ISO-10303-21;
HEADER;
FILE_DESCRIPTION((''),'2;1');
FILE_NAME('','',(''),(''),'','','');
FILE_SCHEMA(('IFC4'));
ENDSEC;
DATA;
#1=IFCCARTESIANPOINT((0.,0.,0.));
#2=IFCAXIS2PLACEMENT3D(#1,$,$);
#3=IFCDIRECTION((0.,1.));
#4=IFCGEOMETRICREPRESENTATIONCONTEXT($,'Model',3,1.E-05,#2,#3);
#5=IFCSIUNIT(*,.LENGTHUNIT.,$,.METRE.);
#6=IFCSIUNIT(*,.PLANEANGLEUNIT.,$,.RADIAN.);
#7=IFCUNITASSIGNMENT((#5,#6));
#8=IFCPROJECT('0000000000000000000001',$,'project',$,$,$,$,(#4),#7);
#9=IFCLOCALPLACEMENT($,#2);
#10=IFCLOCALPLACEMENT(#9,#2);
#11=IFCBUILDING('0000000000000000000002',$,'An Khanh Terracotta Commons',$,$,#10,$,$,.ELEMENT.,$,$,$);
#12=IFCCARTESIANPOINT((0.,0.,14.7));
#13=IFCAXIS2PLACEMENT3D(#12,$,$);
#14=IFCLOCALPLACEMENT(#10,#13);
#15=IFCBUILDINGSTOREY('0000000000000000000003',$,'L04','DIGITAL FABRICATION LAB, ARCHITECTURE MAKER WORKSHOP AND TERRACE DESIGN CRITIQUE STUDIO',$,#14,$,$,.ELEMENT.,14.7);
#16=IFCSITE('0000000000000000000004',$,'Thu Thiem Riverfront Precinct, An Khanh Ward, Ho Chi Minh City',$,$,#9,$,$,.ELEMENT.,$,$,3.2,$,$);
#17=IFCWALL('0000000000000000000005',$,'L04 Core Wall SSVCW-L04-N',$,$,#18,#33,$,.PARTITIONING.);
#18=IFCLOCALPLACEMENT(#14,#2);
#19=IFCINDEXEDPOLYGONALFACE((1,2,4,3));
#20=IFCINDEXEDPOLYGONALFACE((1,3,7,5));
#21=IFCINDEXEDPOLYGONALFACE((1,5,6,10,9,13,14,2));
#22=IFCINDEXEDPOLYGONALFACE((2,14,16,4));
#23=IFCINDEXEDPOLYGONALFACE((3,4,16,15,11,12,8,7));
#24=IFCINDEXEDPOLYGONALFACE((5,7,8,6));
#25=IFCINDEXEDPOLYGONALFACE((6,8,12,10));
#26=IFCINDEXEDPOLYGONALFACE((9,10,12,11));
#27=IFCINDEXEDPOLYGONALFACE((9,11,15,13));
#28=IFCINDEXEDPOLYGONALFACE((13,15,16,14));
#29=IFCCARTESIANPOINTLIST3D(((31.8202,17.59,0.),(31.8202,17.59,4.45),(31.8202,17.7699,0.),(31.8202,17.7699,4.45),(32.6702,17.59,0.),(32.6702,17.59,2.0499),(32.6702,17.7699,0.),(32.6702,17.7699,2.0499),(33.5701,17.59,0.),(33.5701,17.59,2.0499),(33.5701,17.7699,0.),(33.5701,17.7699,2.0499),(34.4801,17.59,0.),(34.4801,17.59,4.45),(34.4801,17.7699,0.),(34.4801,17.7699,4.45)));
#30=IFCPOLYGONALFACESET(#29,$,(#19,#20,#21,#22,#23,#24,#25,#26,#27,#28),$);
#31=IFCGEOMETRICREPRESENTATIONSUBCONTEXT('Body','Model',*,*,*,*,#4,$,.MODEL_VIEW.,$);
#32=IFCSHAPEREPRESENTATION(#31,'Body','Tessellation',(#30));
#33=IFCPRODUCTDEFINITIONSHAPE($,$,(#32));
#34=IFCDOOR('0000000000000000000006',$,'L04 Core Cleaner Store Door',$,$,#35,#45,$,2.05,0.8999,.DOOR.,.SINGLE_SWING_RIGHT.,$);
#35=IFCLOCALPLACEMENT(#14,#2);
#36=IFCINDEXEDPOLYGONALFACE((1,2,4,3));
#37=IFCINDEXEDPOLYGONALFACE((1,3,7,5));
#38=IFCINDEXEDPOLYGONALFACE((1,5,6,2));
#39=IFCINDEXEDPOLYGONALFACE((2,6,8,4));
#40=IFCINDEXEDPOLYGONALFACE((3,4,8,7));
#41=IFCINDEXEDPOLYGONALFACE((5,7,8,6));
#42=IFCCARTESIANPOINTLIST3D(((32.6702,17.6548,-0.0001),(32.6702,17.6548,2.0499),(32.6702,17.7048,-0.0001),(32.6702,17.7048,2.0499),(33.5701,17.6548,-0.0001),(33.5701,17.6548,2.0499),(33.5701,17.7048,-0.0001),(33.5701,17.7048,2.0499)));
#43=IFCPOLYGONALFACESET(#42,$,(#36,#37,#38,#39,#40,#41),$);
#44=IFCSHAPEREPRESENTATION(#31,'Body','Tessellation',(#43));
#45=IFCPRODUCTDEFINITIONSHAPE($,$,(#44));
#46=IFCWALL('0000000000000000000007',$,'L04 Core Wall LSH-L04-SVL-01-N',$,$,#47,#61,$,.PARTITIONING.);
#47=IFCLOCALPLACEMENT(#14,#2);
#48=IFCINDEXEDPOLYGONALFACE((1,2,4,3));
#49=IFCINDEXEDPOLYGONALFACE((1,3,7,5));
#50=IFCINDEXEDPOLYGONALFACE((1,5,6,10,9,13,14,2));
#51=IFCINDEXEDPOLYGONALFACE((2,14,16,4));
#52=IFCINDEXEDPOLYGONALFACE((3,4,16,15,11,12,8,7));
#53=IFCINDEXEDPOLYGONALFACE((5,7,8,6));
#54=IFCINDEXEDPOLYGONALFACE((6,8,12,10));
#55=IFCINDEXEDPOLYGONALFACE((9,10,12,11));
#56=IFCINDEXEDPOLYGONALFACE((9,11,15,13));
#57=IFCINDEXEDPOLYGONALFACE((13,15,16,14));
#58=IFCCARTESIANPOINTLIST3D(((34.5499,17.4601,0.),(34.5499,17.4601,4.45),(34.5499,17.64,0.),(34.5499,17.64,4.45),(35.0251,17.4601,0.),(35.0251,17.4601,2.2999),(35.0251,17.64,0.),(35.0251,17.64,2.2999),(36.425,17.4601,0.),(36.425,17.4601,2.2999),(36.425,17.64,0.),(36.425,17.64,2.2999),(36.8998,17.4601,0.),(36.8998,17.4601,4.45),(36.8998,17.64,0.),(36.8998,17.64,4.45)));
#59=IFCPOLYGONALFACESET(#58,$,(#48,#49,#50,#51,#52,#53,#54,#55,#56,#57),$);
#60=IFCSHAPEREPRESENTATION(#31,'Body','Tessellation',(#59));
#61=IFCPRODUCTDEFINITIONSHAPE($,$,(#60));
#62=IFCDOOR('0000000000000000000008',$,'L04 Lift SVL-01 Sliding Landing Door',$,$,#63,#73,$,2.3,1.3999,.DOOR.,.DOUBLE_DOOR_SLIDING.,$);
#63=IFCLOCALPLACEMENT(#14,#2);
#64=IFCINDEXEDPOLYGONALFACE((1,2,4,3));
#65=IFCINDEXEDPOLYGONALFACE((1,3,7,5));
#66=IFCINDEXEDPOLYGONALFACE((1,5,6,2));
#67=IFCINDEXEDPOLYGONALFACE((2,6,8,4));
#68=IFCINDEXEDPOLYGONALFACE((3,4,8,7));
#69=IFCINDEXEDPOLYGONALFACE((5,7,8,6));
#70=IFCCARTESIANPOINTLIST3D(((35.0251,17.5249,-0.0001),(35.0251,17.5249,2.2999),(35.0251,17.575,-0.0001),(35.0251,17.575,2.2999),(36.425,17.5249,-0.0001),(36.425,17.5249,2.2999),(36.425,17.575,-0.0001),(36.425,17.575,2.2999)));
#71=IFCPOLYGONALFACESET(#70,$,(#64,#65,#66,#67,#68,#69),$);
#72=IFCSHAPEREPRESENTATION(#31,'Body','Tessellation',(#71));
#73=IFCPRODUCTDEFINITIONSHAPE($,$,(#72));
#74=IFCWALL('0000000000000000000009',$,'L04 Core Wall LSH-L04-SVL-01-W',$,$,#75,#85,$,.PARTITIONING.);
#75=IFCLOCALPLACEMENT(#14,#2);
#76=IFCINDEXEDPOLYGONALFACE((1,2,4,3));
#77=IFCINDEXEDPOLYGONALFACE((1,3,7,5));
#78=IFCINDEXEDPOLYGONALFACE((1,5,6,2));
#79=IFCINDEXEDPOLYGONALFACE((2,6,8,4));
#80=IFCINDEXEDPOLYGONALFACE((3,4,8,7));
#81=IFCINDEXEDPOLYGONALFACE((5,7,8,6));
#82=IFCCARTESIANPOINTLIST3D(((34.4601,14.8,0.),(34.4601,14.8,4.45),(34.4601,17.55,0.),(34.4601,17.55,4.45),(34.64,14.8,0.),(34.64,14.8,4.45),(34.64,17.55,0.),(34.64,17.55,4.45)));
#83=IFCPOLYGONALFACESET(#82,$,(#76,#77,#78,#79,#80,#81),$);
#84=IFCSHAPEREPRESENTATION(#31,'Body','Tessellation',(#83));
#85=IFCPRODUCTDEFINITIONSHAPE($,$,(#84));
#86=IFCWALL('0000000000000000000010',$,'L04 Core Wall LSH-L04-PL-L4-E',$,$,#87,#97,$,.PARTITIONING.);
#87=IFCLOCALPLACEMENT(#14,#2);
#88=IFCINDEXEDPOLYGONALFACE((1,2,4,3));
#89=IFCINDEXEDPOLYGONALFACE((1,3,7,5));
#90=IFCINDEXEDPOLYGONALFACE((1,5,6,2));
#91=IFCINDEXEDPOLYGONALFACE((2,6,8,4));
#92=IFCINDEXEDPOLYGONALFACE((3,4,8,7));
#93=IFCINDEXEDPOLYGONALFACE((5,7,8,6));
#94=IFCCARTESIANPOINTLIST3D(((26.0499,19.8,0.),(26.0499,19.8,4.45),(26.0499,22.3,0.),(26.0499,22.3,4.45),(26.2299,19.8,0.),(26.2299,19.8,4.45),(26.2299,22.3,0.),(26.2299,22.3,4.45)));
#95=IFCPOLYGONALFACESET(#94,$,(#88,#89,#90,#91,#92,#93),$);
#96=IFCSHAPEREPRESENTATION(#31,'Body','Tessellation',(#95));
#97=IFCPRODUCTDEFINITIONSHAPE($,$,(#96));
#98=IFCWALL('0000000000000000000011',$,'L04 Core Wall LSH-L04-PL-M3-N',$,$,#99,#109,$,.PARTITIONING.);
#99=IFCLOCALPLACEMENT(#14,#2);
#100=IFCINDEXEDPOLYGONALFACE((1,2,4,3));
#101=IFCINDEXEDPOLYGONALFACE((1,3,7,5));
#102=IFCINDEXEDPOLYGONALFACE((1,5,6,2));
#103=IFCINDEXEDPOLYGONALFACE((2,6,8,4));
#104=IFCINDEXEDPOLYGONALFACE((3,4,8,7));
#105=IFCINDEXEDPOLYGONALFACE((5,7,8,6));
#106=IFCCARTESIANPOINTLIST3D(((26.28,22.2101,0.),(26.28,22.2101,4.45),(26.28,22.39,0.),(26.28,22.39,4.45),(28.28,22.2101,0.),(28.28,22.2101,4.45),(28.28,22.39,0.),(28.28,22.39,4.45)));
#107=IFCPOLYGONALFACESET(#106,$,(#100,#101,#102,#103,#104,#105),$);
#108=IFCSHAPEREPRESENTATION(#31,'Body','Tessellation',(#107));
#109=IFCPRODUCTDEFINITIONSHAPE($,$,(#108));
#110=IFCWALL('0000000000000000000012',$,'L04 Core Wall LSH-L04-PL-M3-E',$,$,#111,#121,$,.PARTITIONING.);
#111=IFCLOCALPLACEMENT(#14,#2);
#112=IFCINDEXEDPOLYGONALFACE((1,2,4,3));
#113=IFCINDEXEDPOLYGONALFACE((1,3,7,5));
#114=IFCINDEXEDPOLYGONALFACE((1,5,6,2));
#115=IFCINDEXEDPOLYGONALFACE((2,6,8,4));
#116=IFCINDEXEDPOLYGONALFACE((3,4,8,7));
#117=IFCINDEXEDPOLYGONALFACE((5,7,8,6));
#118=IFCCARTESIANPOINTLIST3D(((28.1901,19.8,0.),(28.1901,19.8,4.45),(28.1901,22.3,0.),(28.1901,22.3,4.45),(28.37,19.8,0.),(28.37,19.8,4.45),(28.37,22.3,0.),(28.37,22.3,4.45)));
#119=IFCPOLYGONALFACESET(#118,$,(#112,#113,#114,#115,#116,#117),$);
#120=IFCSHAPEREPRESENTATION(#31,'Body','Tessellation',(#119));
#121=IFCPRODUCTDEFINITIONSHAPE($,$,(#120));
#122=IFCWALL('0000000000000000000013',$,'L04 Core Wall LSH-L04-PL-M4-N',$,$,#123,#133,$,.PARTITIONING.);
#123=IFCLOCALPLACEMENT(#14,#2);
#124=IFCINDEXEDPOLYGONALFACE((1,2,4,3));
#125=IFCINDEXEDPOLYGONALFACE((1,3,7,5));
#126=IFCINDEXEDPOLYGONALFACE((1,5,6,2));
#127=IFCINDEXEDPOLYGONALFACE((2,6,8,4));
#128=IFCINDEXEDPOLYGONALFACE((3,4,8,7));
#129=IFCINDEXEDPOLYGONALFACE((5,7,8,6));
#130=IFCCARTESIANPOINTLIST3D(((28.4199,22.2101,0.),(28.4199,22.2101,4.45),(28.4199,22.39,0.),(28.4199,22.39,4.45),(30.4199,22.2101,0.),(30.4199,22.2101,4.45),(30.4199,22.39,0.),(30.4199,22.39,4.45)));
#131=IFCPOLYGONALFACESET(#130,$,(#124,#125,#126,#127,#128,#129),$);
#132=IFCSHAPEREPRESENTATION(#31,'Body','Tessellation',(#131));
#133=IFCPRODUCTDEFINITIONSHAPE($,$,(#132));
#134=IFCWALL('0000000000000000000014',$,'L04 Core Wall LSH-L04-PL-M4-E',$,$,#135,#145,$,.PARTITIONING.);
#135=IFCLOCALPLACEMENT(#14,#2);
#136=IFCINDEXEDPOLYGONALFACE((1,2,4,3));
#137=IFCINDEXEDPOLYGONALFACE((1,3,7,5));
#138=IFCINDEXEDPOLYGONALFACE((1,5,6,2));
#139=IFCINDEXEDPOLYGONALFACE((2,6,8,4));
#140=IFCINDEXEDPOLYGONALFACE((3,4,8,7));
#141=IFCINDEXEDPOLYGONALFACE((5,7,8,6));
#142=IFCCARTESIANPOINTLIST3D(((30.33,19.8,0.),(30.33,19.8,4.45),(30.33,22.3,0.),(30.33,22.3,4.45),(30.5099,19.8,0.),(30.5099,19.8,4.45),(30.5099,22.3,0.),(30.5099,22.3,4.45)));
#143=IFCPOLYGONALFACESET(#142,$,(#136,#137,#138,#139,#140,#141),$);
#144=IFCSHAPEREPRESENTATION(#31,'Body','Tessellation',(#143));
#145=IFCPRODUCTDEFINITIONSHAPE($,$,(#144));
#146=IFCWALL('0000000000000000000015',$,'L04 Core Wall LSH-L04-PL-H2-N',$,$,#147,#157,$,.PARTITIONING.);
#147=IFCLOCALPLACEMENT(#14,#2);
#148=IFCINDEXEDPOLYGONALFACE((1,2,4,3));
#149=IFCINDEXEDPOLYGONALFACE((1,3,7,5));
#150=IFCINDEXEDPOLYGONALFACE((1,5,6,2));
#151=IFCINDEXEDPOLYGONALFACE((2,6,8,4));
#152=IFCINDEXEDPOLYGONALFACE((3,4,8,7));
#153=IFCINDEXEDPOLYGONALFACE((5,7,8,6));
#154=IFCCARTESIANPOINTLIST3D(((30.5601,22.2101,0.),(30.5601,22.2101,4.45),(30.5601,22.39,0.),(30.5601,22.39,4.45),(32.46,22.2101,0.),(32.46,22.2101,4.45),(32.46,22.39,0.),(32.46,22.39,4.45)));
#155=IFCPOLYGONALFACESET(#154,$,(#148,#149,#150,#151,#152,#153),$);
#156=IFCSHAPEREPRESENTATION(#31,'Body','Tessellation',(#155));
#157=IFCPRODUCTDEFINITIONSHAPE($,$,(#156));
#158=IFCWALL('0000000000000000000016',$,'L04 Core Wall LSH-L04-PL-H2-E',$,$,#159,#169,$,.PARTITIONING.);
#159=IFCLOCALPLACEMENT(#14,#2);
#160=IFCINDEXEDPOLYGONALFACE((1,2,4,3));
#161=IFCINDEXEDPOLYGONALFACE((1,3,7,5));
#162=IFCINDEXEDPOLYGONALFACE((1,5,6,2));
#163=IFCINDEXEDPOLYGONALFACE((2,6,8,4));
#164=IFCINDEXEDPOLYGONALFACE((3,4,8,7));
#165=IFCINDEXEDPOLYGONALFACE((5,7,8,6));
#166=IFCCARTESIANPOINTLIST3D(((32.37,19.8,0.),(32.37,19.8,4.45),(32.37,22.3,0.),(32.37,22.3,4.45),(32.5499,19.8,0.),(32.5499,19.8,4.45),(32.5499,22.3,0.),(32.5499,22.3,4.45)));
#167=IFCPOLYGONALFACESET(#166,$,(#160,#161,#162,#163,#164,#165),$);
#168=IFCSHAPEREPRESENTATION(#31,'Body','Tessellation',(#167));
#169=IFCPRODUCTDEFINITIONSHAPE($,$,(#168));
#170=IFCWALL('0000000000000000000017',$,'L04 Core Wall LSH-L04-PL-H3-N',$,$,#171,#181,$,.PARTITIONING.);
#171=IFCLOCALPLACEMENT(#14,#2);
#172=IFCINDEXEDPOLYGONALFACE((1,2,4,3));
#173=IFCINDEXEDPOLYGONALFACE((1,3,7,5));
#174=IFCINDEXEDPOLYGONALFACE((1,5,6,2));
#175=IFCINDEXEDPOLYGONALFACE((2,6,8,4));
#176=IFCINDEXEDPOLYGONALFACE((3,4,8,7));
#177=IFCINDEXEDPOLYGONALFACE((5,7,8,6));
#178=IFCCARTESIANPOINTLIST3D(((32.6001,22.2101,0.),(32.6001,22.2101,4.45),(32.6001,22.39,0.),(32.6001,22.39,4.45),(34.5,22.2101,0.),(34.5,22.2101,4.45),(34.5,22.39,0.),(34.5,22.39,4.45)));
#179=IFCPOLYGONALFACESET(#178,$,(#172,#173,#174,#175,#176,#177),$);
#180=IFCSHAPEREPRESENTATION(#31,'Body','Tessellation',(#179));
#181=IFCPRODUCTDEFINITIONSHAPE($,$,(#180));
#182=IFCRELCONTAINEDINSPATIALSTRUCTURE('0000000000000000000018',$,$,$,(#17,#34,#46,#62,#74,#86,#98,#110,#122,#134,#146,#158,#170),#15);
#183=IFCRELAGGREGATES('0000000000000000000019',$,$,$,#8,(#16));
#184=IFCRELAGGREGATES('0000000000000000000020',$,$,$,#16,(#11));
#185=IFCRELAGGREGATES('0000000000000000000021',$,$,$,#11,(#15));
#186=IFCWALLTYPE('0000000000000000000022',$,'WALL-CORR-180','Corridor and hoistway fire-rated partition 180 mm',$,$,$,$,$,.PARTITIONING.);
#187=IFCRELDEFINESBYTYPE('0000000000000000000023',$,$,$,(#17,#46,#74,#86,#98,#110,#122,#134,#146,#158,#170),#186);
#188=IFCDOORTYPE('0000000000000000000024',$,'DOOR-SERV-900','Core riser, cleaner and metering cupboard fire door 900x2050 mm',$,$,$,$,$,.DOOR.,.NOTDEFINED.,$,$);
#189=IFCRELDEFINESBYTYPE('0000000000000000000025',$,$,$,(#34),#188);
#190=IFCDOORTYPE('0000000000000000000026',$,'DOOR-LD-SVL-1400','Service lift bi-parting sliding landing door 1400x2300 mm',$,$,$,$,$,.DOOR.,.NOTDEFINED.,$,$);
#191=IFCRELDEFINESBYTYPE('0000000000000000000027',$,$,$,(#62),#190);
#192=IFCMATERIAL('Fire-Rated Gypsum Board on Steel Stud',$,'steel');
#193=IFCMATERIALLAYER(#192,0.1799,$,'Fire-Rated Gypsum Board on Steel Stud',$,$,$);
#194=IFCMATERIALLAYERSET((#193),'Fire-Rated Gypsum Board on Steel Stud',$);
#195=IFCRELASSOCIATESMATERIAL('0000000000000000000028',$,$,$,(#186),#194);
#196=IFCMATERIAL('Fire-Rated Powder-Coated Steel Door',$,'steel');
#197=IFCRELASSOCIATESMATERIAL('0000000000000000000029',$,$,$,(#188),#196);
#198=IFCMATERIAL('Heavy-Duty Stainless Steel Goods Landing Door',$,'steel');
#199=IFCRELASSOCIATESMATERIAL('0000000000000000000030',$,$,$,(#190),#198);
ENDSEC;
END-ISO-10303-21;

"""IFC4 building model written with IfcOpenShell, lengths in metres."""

from ifc_helpers import new_model, si_unit, direction, frame, frame_2d, origin, place, context, subcontext, project, spatial, rectangle, extrude, material, layer, layer_set, type_object, element, fill, save


model = new_model("IFC4")

# Units and contexts
model_context = context("Model", 3, precision=1e-05, world=origin(), true_north=direction((0.0, 1.0)))
body_context = subcontext(model_context, "Body", "Model", "MODEL_VIEW")
ifc_project = project(units=[si_unit("LENGTHUNIT", "METRE"), si_unit("PLANEANGLEUNIT", "RADIAN")], contexts=[model_context])

# Site, building, storey
site_placement = place(None, origin())
site = spatial("IfcSite", under=ifc_project, at=site_placement, Name="Thu Thiem Riverfront Precinct, An Khanh Ward, Ho Chi Minh City", CompositionType="ELEMENT", RefElevation=3.2)
building_placement = place(site_placement, origin())
building = spatial("IfcBuilding", under=site, at=building_placement, Name="An Khanh Terracotta Commons", CompositionType="ELEMENT")
storey_placement = place(building_placement, frame((0.0, 0.0, 14.7)))
storey = spatial("IfcBuildingStorey", under=building, at=storey_placement, Name="L04", Description="DIGITAL FABRICATION LAB, ARCHITECTURE MAKER WORKSHOP AND TERRACE DESIGN CRITIQUE STUDIO", CompositionType="ELEMENT", Elevation=14.7)

# Walls, openings, doors
ifc_material_1 = material(Name="Fire-Rated Gypsum Board on Steel Stud", Category="steel")
ifc_layer = layer(ifc_material_1, 0.1799, Name="Fire-Rated Gypsum Board on Steel Stud")
ifc_layer_set = layer_set([ifc_layer], Name="Fire-Rated Gypsum Board on Steel Stud")
wall_type = type_object("IfcWallType", Name="WALL-CORR-180", Description="Corridor and hoistway fire-rated partition 180 mm", PredefinedType="PARTITIONING", material=ifc_layer_set)
wall_1_placement = place(storey_placement, frame((31.8201, 17.6799, 0.0), z_axis=(0.0, 0.0, 1.0), x_axis=(1.0, 0.0, 0.0)))
wall_1 = element("IfcWall", 1, at=wall_1_placement, inside=storey, type_object=wall_type, Name="L04 Core Wall SSVCW-L04-N", PredefinedType="PARTITIONING", context=body_context, shape_type="SweptSolid", body=[
    extrude(rectangle(XDim=2.6599, YDim=0.1799, at=frame_2d((1.3301, 0.0))), origin(), (0.0, 0.0, 1.0), 4.45),
])
opening_1_placement = place(wall_1_placement, frame((0.8501, 0.0, 0.0)))
opening_1 = element("IfcOpeningElement", 2, at=opening_1_placement, cuts=wall_1, PredefinedType="OPENING", context=body_context, shape_type="SweptSolid", body=[
    extrude(rectangle(XDim=0.8999, YDim=2.05, at=frame_2d((0.45, 1.0249))), frame((0.0, 0.0999, 0.0), z_axis=(0.0, -1.0, 0.0), x_axis=(1.0, 0.0, 0.0)), (0.0, 0.0, 1.0), 0.2),
])
ifc_material_2 = material(Name="Fire-Rated Powder-Coated Steel Door", Category="steel")
door_type_1 = type_object("IfcDoorType", Name="DOOR-SERV-900", Description="Core riser, cleaner and metering cupboard fire door 900x2050 mm", OperationType="NOTDEFINED", PredefinedType="DOOR", material=ifc_material_2)
door_1_placement = place(opening_1_placement, origin())
door_1 = element("IfcDoor", 3, at=door_1_placement, inside=storey, type_object=door_type_1, Name="L04 Core Cleaner Store Door", OperationType="SINGLE_SWING_RIGHT", OverallHeight=2.05, OverallWidth=0.8999, PredefinedType="DOOR", context=body_context, shape_type="SweptSolid", body=[
    extrude(rectangle(XDim=0.8999, YDim=2.05, at=frame_2d((0.45, 1.0249))), frame((0.0, 0.0249, 0.0), z_axis=(0.0, -1.0, 0.0), x_axis=(1.0, 0.0, 0.0)), (0.0, 0.0, 1.0), 0.05),
])
fill(opening_1, door_1)
wall_2_placement = place(storey_placement, frame((34.55, 17.55, 0.0), z_axis=(0.0, 0.0, 1.0), x_axis=(1.0, 0.0, 0.0)))
wall_2 = element("IfcWall", 4, at=wall_2_placement, inside=storey, type_object=wall_type, Name="L04 Core Wall LSH-L04-SVL-01-N", PredefinedType="PARTITIONING", context=body_context, shape_type="SweptSolid", body=[
    extrude(rectangle(XDim=2.3499, YDim=0.1799, at=frame_2d((1.1748, 0.0))), origin(), (0.0, 0.0, 1.0), 4.45),
])
opening_2_placement = place(wall_2_placement, frame((0.4751, 0.0, 0.0)))
opening_2 = element("IfcOpeningElement", 5, at=opening_2_placement, cuts=wall_2, PredefinedType="OPENING", context=body_context, shape_type="SweptSolid", body=[
    extrude(rectangle(XDim=1.3999, YDim=2.3, at=frame_2d((0.7, 1.1499))), frame((0.0, 0.0999, 0.0), z_axis=(0.0, -1.0, 0.0), x_axis=(1.0, 0.0, 0.0)), (0.0, 0.0, 1.0), 0.2),
])
ifc_material_3 = material(Name="Heavy-Duty Stainless Steel Goods Landing Door", Category="steel")
door_type_2 = type_object("IfcDoorType", Name="DOOR-LD-SVL-1400", Description="Service lift bi-parting sliding landing door 1400x2300 mm", OperationType="NOTDEFINED", PredefinedType="DOOR", material=ifc_material_3)
door_2_placement = place(opening_2_placement, origin())
door_2 = element("IfcDoor", 6, at=door_2_placement, inside=storey, type_object=door_type_2, Name="L04 Lift SVL-01 Sliding Landing Door", OperationType="DOUBLE_DOOR_SLIDING", OverallHeight=2.3, OverallWidth=1.3999, PredefinedType="DOOR", context=body_context, shape_type="SweptSolid", body=[
    extrude(rectangle(XDim=1.3999, YDim=2.3, at=frame_2d((0.7, 1.1499))), frame((0.0, 0.0249, 0.0), z_axis=(0.0, -1.0, 0.0), x_axis=(1.0, 0.0, 0.0)), (0.0, 0.0, 1.0), 0.05),
])
fill(opening_2, door_2)

# Walls
wall_3_placement = place(storey_placement, frame((34.55, 17.55, 0.0), z_axis=(0.0, 0.0, 1.0), x_axis=(0.0, -1.0, 0.0)))
element("IfcWall", 7, at=wall_3_placement, inside=storey, type_object=wall_type, Name="L04 Core Wall LSH-L04-SVL-01-W", PredefinedType="PARTITIONING", context=body_context, shape_type="SweptSolid", body=[
    extrude(rectangle(XDim=2.75, YDim=0.1799, at=frame_2d((1.375, 0.0))), origin(), (0.0, 0.0, 1.0), 4.45),
])
wall_4_placement = place(storey_placement, frame((26.1399, 19.8, 0.0), z_axis=(0.0, 0.0, 1.0), x_axis=(0.0, 1.0, 0.0)))
element("IfcWall", 8, at=wall_4_placement, inside=storey, type_object=wall_type, Name="L04 Core Wall LSH-L04-PL-L4-E", PredefinedType="PARTITIONING", context=body_context, shape_type="SweptSolid", body=[
    extrude(rectangle(XDim=2.5, YDim=0.1799, at=frame_2d((1.25, 0.0))), origin(), (0.0, 0.0, 1.0), 4.45),
])
wall_5_placement = place(storey_placement, frame((26.28, 22.3, 0.0), z_axis=(0.0, 0.0, 1.0), x_axis=(1.0, 0.0, 0.0)))
element("IfcWall", 9, at=wall_5_placement, inside=storey, type_object=wall_type, Name="L04 Core Wall LSH-L04-PL-M3-N", PredefinedType="PARTITIONING", context=body_context, shape_type="SweptSolid", body=[
    extrude(rectangle(XDim=2.0, YDim=0.1799, at=frame_2d((1.0, 0.0))), origin(), (0.0, 0.0, 1.0), 4.45),
])
wall_6_placement = place(storey_placement, frame((28.28, 19.8, 0.0), z_axis=(0.0, 0.0, 1.0), x_axis=(0.0, 1.0, 0.0)))
element("IfcWall", 10, at=wall_6_placement, inside=storey, type_object=wall_type, Name="L04 Core Wall LSH-L04-PL-M3-E", PredefinedType="PARTITIONING", context=body_context, shape_type="SweptSolid", body=[
    extrude(rectangle(XDim=2.5, YDim=0.1799, at=frame_2d((1.25, 0.0))), origin(), (0.0, 0.0, 1.0), 4.45),
])
wall_7_placement = place(storey_placement, frame((28.4199, 22.3, 0.0), z_axis=(0.0, 0.0, 1.0), x_axis=(1.0, 0.0, 0.0)))
element("IfcWall", 11, at=wall_7_placement, inside=storey, type_object=wall_type, Name="L04 Core Wall LSH-L04-PL-M4-N", PredefinedType="PARTITIONING", context=body_context, shape_type="SweptSolid", body=[
    extrude(rectangle(XDim=2.0, YDim=0.1799, at=frame_2d((1.0, 0.0))), origin(), (0.0, 0.0, 1.0), 4.45),
])
wall_8_placement = place(storey_placement, frame((30.4199, 19.8, 0.0), z_axis=(0.0, 0.0, 1.0), x_axis=(0.0, 1.0, 0.0)))
element("IfcWall", 12, at=wall_8_placement, inside=storey, type_object=wall_type, Name="L04 Core Wall LSH-L04-PL-M4-E", PredefinedType="PARTITIONING", context=body_context, shape_type="SweptSolid", body=[
    extrude(rectangle(XDim=2.5, YDim=0.1799, at=frame_2d((1.25, 0.0))), origin(), (0.0, 0.0, 1.0), 4.45),
])
wall_9_placement = place(storey_placement, frame((30.5601, 22.3, 0.0), z_axis=(0.0, 0.0, 1.0), x_axis=(1.0, 0.0, 0.0)))
element("IfcWall", 13, at=wall_9_placement, inside=storey, type_object=wall_type, Name="L04 Core Wall LSH-L04-PL-H2-N", PredefinedType="PARTITIONING", context=body_context, shape_type="SweptSolid", body=[
    extrude(rectangle(XDim=1.8999, YDim=0.1799, at=frame_2d((0.95, 0.0))), origin(), (0.0, 0.0, 1.0), 4.45),
])
wall_10_placement = place(storey_placement, frame((32.46, 19.8, 0.0), z_axis=(0.0, 0.0, 1.0), x_axis=(0.0, 1.0, 0.0)))
element("IfcWall", 14, at=wall_10_placement, inside=storey, type_object=wall_type, Name="L04 Core Wall LSH-L04-PL-H2-E", PredefinedType="PARTITIONING", context=body_context, shape_type="SweptSolid", body=[
    extrude(rectangle(XDim=2.5, YDim=0.1799, at=frame_2d((1.25, 0.0))), origin(), (0.0, 0.0, 1.0), 4.45),
])
wall_11_placement = place(storey_placement, frame((32.6001, 22.3, 0.0), z_axis=(0.0, 0.0, 1.0), x_axis=(1.0, 0.0, 0.0)))
element("IfcWall", 15, at=wall_11_placement, inside=storey, type_object=wall_type, Name="L04 Core Wall LSH-L04-PL-H3-N", PredefinedType="PARTITIONING", context=body_context, shape_type="SweptSolid", body=[
    extrude(rectangle(XDim=1.8999, YDim=0.1799, at=frame_2d((0.95, 0.0))), origin(), (0.0, 0.0, 1.0), 4.45),
])

save(model, "model.ifc")
